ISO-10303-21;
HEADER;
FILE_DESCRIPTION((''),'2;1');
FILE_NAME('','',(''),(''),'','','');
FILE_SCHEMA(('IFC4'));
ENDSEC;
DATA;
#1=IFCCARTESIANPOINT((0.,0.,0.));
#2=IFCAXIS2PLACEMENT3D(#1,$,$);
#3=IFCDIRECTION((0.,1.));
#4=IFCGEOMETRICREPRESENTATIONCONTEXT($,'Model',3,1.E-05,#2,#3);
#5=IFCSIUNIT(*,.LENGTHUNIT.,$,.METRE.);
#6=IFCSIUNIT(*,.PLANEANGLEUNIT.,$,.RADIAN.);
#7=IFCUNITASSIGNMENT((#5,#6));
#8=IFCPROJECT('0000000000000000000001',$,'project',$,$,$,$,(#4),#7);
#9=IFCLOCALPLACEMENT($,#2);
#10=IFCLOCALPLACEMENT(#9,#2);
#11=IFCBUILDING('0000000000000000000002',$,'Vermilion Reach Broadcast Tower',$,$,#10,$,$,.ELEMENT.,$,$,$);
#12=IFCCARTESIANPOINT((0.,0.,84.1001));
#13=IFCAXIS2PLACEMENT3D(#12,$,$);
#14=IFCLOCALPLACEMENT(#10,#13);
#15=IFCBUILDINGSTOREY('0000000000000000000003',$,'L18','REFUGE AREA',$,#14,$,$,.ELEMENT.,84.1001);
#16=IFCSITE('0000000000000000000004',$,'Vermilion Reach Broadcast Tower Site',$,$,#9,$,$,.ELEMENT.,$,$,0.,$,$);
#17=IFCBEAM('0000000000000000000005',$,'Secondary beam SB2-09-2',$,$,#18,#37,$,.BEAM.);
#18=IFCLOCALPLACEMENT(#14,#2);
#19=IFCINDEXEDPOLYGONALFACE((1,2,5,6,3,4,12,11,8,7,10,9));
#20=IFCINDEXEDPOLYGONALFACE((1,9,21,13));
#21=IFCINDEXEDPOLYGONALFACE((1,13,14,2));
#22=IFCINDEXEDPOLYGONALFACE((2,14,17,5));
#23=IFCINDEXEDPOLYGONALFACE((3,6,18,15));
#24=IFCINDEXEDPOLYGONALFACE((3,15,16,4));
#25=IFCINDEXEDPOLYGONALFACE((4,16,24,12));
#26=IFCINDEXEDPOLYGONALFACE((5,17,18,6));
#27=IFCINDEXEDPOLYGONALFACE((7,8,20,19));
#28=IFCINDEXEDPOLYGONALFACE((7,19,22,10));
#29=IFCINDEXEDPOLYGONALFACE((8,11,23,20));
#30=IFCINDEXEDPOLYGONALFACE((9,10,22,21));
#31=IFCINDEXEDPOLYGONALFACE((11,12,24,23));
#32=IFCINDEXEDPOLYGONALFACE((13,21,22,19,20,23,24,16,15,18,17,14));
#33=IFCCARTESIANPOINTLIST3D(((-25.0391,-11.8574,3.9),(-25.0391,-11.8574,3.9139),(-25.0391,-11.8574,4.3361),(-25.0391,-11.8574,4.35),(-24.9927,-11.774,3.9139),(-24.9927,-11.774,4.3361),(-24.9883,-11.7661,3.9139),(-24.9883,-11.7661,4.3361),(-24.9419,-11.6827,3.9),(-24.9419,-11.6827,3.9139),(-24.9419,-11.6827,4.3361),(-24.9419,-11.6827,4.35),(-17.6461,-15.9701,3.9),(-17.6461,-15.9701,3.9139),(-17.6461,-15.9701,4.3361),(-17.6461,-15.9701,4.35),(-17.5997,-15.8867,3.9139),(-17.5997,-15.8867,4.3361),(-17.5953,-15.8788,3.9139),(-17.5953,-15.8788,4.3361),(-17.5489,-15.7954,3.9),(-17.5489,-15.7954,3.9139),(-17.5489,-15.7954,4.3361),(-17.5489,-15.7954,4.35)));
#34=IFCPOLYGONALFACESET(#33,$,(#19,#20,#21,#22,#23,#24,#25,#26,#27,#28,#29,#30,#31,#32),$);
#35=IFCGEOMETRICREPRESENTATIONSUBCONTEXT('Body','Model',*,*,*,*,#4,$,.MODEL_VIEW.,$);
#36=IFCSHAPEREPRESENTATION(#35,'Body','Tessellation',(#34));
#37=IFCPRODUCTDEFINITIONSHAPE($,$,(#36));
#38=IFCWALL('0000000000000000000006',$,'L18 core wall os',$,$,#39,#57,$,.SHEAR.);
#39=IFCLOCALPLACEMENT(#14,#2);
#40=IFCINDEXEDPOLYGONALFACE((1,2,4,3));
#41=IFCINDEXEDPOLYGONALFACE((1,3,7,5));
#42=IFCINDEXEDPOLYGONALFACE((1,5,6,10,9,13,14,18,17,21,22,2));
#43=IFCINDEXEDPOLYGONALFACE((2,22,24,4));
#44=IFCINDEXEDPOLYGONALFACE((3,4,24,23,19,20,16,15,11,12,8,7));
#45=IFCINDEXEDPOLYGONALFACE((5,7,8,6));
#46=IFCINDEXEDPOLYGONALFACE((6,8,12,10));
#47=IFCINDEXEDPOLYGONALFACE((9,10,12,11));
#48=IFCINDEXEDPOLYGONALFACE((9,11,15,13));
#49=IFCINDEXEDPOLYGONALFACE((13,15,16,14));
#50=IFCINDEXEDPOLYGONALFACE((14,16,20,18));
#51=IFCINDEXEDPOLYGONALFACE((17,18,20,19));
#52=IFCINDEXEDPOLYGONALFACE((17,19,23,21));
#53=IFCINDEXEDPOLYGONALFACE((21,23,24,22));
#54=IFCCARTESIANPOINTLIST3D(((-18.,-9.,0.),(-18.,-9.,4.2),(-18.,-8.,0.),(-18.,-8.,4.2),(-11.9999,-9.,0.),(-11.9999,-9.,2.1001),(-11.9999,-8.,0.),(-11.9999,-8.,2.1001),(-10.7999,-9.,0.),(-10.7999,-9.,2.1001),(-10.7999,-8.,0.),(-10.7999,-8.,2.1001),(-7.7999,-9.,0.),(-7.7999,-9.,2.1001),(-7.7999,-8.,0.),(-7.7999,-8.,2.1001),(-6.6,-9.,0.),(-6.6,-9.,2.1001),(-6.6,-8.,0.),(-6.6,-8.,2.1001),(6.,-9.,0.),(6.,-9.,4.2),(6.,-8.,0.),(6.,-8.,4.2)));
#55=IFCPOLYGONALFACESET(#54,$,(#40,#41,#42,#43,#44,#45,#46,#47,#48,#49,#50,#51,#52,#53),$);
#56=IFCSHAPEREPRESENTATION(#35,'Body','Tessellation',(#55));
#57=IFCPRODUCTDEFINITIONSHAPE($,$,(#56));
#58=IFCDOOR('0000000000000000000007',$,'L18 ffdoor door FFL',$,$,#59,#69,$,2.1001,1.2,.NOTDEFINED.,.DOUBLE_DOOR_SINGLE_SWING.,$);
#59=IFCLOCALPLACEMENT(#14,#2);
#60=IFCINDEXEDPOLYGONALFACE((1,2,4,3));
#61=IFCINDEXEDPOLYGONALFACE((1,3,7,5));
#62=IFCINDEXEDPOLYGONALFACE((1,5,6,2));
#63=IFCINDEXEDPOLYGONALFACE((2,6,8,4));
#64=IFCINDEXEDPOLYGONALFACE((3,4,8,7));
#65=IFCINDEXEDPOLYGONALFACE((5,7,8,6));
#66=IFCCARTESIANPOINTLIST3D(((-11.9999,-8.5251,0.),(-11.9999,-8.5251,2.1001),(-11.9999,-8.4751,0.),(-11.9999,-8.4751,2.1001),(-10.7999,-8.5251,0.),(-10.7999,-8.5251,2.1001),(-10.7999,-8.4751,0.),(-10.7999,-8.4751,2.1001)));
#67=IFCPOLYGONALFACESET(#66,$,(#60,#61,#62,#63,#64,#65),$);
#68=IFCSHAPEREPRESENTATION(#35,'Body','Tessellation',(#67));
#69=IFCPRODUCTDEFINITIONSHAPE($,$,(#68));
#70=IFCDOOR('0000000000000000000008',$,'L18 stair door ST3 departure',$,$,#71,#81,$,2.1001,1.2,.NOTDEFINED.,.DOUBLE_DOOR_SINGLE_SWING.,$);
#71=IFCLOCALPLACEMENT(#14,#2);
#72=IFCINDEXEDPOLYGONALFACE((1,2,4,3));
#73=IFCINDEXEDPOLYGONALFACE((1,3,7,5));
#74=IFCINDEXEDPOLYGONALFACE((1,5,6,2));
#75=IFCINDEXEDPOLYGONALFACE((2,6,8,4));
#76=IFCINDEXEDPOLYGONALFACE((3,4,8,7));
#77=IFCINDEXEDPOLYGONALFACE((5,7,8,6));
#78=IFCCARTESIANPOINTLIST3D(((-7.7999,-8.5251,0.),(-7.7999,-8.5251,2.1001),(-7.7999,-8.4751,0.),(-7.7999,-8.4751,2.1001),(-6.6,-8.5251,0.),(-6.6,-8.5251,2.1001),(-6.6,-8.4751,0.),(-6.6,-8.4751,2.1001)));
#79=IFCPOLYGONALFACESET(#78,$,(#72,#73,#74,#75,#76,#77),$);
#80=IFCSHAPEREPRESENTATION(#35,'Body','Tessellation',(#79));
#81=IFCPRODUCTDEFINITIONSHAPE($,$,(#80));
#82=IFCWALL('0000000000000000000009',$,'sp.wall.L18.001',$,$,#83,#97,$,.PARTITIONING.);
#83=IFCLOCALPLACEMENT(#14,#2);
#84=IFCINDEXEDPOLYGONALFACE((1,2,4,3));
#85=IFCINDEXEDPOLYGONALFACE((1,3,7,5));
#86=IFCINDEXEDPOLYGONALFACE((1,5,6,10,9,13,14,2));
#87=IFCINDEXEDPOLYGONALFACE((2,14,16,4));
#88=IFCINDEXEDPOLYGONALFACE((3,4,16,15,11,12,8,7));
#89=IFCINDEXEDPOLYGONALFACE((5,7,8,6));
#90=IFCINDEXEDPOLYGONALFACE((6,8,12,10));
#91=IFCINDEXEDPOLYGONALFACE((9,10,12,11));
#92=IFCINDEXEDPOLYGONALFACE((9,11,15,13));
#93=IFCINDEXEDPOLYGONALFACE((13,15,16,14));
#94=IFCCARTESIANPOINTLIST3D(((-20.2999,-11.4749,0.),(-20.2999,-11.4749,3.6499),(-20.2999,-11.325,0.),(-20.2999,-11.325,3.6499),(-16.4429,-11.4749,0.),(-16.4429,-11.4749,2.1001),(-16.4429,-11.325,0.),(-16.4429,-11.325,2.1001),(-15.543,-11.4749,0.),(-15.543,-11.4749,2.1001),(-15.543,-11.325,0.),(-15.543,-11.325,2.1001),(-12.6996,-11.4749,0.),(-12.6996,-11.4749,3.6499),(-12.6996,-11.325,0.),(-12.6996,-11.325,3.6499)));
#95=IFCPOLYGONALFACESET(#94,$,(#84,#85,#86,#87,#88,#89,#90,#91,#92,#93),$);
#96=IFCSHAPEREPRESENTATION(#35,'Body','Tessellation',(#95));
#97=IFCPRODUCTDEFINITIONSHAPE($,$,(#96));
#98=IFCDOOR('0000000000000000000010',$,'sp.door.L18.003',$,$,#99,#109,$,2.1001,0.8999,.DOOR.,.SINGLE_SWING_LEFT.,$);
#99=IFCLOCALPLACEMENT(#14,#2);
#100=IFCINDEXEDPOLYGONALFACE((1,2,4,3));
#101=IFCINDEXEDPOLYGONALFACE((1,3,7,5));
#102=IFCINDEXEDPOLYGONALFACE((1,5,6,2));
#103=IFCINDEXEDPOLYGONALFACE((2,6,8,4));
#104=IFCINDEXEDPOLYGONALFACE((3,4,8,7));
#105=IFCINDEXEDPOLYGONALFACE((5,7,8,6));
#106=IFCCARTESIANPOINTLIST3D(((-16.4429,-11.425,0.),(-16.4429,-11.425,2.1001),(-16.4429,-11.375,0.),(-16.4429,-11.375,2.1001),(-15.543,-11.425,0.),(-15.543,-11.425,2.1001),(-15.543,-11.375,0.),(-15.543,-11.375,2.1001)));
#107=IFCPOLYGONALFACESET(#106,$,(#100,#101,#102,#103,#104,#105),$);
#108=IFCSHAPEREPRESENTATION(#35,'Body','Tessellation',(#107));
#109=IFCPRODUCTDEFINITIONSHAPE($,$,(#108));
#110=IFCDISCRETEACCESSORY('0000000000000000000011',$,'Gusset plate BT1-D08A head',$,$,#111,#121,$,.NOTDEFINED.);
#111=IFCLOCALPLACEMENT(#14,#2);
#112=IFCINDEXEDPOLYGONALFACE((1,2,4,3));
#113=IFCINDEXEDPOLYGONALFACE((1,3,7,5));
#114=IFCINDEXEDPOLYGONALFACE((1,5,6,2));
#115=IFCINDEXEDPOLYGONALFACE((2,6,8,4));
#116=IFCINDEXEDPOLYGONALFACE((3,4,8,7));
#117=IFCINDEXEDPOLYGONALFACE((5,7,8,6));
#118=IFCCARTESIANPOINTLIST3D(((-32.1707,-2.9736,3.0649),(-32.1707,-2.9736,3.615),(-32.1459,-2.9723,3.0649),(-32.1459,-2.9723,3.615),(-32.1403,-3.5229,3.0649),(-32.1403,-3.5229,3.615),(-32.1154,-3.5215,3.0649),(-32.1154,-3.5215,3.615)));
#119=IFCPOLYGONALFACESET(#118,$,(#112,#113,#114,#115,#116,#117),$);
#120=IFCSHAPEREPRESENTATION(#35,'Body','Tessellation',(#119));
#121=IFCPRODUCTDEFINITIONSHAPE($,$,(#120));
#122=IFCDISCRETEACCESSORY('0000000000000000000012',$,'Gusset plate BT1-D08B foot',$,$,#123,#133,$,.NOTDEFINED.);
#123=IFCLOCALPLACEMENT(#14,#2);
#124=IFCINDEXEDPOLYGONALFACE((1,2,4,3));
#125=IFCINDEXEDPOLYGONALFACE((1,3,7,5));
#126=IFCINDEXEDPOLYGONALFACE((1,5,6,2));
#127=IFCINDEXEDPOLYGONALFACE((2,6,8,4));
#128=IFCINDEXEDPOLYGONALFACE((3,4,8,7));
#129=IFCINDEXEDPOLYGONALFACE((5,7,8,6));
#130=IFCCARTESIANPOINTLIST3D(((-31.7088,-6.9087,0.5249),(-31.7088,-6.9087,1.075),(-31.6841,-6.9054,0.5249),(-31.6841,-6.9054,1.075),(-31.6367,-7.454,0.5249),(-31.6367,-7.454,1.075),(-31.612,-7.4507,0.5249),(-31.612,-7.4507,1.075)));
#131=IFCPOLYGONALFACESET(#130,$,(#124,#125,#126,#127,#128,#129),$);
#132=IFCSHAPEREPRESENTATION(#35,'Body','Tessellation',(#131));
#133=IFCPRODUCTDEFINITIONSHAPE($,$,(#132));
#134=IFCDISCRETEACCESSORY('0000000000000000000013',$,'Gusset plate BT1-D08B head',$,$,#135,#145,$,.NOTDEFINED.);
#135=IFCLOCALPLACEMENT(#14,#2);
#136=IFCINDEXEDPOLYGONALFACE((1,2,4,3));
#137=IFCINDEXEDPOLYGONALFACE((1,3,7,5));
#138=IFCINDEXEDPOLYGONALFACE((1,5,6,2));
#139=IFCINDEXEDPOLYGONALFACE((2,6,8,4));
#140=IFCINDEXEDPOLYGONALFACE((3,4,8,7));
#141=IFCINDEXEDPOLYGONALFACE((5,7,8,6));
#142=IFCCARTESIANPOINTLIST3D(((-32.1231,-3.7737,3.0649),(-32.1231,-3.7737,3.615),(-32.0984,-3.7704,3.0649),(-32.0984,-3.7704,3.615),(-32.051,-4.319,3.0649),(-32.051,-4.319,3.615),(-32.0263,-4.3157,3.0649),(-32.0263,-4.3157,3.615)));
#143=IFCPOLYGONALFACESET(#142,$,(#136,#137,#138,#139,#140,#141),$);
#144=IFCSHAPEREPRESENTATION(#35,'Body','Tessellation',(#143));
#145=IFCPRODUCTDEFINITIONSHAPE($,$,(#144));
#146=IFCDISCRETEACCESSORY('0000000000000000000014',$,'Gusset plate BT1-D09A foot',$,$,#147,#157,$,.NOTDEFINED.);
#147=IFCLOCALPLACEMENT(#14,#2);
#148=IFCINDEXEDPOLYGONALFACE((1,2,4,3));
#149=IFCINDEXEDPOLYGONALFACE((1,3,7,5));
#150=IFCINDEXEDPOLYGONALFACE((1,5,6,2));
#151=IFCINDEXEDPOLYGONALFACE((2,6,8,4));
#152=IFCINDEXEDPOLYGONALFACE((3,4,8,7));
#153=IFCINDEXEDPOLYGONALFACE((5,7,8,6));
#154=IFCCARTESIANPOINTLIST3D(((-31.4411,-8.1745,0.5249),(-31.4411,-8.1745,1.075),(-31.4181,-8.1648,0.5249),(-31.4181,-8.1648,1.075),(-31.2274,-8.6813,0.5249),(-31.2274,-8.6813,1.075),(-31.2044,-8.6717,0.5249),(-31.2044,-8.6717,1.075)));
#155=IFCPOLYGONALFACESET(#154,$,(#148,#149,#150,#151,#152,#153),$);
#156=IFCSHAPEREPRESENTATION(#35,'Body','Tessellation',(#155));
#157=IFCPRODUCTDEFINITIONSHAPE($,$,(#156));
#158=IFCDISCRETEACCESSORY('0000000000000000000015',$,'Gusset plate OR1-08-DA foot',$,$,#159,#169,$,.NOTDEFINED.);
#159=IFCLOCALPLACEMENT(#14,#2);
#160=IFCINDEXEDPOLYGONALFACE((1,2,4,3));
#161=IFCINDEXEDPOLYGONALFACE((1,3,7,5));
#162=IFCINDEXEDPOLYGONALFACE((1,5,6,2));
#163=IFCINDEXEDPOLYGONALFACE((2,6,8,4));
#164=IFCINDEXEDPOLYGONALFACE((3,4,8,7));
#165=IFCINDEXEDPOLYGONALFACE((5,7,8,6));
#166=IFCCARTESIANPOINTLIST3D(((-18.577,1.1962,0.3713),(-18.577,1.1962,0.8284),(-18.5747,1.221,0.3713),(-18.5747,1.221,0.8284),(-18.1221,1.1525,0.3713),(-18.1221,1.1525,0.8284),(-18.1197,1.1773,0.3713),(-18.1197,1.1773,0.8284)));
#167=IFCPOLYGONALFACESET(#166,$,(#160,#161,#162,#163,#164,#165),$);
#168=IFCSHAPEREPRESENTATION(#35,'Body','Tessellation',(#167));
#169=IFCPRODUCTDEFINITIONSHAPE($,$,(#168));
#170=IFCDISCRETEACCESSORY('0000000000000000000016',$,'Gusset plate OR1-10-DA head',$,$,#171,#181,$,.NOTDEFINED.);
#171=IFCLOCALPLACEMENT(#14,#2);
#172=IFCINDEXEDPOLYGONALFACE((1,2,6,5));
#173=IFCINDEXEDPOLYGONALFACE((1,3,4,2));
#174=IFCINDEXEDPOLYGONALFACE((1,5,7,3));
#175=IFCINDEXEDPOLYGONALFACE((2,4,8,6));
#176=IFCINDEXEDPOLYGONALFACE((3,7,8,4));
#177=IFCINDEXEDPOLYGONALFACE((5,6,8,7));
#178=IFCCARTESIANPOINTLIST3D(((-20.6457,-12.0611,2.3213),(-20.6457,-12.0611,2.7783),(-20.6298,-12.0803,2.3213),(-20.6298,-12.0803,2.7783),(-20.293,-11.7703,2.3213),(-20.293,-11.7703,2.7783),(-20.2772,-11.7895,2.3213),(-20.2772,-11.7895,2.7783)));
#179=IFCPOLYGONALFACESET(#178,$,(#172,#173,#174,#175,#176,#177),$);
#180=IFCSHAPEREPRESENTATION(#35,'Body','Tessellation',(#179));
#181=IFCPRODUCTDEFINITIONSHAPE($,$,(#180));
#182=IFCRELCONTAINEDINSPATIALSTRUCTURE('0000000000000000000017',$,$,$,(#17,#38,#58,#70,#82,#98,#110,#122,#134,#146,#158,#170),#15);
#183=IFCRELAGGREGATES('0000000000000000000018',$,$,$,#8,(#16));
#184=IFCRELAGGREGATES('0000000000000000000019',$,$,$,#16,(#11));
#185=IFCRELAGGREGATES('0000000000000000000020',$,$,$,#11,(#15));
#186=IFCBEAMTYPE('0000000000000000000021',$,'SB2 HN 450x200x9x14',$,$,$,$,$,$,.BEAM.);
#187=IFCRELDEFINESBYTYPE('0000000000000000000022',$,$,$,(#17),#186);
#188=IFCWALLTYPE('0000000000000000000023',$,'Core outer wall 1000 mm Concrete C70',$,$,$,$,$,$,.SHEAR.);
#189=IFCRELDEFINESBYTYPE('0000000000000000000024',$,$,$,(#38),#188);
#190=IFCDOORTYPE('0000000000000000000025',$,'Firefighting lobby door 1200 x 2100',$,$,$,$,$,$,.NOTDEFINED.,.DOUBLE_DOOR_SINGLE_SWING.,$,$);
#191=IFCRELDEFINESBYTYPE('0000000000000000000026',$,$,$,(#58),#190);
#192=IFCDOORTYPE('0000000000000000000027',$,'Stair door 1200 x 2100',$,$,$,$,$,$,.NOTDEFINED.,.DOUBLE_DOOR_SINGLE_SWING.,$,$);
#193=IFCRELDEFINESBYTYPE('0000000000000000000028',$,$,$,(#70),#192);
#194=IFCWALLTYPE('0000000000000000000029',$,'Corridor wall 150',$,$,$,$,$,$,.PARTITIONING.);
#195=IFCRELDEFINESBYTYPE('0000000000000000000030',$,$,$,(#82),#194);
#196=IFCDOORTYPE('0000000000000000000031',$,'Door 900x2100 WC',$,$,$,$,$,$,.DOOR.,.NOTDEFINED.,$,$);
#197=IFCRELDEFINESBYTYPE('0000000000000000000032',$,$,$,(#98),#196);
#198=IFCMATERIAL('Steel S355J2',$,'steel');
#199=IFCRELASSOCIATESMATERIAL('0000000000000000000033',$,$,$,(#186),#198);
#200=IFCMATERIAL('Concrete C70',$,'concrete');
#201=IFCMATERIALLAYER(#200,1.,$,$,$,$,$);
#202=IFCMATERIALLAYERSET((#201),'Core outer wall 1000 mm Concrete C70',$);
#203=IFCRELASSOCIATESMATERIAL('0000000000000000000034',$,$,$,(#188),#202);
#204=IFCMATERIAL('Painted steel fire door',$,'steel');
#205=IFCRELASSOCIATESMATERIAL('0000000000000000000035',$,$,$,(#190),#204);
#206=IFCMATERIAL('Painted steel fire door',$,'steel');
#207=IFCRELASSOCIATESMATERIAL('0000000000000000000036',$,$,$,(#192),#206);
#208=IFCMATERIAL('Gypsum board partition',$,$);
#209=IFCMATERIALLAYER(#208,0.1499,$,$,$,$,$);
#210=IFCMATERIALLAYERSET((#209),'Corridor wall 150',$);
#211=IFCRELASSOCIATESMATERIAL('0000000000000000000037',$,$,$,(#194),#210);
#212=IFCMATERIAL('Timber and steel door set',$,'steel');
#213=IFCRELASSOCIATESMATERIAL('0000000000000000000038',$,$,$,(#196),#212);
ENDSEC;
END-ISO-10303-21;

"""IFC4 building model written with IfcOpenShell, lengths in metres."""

from ifc_helpers import new_model, si_unit, direction, frame, frame_2d, origin, origin_2d, place, context, subcontext, project, spatial, rectangle, i_section, extrude, material, layer, layer_set, material_profile, profile_set, type_object, element, fill, save


model = new_model("IFC4")

# Units and contexts
model_context = context("Model", 3, precision=1e-05, world=origin(), true_north=direction((0.0, 1.0)))
body_context = subcontext(model_context, "Body", "Model", "MODEL_VIEW")
ifc_project = project(units=[si_unit("LENGTHUNIT", "METRE"), si_unit("PLANEANGLEUNIT", "RADIAN")], contexts=[model_context])

# Site, building, storey
site_placement = place(None, origin())
site = spatial("IfcSite", under=ifc_project, at=site_placement, Name="Vermilion Reach Broadcast Tower Site", CompositionType="ELEMENT", RefElevation=0.0)
building_placement = place(site_placement, origin())
building = spatial("IfcBuilding", under=site, at=building_placement, Name="Vermilion Reach Broadcast Tower", CompositionType="ELEMENT")
storey_placement = place(building_placement, frame((0.0, 0.0, 84.1001)))
storey = spatial("IfcBuildingStorey", under=building, at=storey_placement, Name="L18", Description="REFUGE AREA", CompositionType="ELEMENT", Elevation=84.1001)

# Beam
ifc_material_1 = material(Name="Steel S355J2", Category="steel")
ifc_material_profile_1 = material_profile(ifc_material_1, i_section(OverallWidth=0.2, OverallDepth=0.45, WebThickness=0.009, FlangeThickness=0.0139, at=origin_2d()), Name="S355J2 HN 450x200x9x14")
ifc_profile_set_1 = profile_set([ifc_material_profile_1], Name="Steel S355J2")
beam_type_1 = type_object("IfcBeamType", Name="SB2 HN 450x200x9x14", PredefinedType="BEAM", material=ifc_profile_set_1)
beam_1_placement = place(storey_placement, frame((-24.9905, -11.77, 4.125), z_axis=(0.873879, -0.486143, 0.0), x_axis=(0.486143, 0.873879, 0.0)))
element("IfcBeam", 1, at=beam_1_placement, inside=storey, type_object=beam_type_1, Name="Secondary beam SB2-09-2", PredefinedType="BEAM", context=body_context, shape_type="SweptSolid", body=[
    extrude(i_section(OverallWidth=0.2, OverallDepth=0.45, WebThickness=0.009, FlangeThickness=0.0139, at=origin_2d()), origin(), (0.0, 0.0, 1.0), 8.46),
])

# Wall, openings, doors
ifc_material_2 = material(Name="Concrete C70", Category="concrete")
ifc_layer_1 = layer(ifc_material_2, 1.0)
ifc_layer_set_1 = layer_set([ifc_layer_1], Name="Core outer wall 1000 mm Concrete C70")
wall_type_1 = type_object("IfcWallType", Name="Core outer wall 1000 mm Concrete C70", PredefinedType="SHEAR", material=ifc_layer_set_1)
wall_1_placement = place(storey_placement, frame((-18.0, -8.5, 0.0), z_axis=(0.0, 0.0, 1.0), x_axis=(1.0, 0.0, 0.0)))
wall_1 = element("IfcWall", 2, at=wall_1_placement, inside=storey, type_object=wall_type_1, Name="L18 core wall os", PredefinedType="SHEAR", context=body_context, shape_type="SweptSolid", body=[
    extrude(rectangle(XDim=24.0, YDim=1.0, at=frame_2d((12.0, 0.0))), origin(), (0.0, 0.0, 1.0), 4.2),
])
opening_1_placement = place(wall_1_placement, frame((10.2, 0.0, 0.0)))
opening_1 = element("IfcOpeningElement", 3, at=opening_1_placement, cuts=wall_1, PredefinedType="OPENING", context=body_context, shape_type="SweptSolid", body=[
    extrude(rectangle(XDim=1.2, YDim=2.1001, at=frame_2d((0.6001, 1.05))), frame((0.0, 0.51, 0.0), z_axis=(0.0, -1.0, 0.0), x_axis=(1.0, 0.0, 0.0)), (0.0, 0.0, 1.0), 1.02),
])
opening_2_placement = place(wall_1_placement, frame((6.0, 0.0, 0.0)))
opening_2 = element("IfcOpeningElement", 4, at=opening_2_placement, cuts=wall_1, PredefinedType="OPENING", context=body_context, shape_type="SweptSolid", body=[
    extrude(rectangle(XDim=1.2, YDim=2.1001, at=frame_2d((0.6001, 1.05))), frame((0.0, 0.51, 0.0), z_axis=(0.0, -1.0, 0.0), x_axis=(1.0, 0.0, 0.0)), (0.0, 0.0, 1.0), 1.02),
])
ifc_material_3 = material(Name="Painted steel fire door", Category="steel")
door_type_1 = type_object("IfcDoorType", Name="Firefighting lobby door 1200 x 2100", OperationType="DOUBLE_DOOR_SINGLE_SWING", PredefinedType="NOTDEFINED", material=ifc_material_3)
door_1_placement = place(opening_2_placement, origin())
door_1 = element("IfcDoor", 5, at=door_1_placement, inside=storey, type_object=door_type_1, Name="L18 ffdoor door FFL", OperationType="DOUBLE_DOOR_SINGLE_SWING", OverallHeight=2.1001, OverallWidth=1.2, PredefinedType="NOTDEFINED", context=body_context, shape_type="SweptSolid", body=[
    extrude(rectangle(XDim=1.2, YDim=2.1001, at=frame_2d((0.6001, 1.05))), frame((0.0, 0.0249, 0.0), z_axis=(0.0, -1.0, 0.0), x_axis=(1.0, 0.0, 0.0)), (0.0, 0.0, 1.0), 0.05),
])
fill(opening_2, door_1)
ifc_material_4 = material(Name="Painted steel fire door", Category="steel")
door_type_2 = type_object("IfcDoorType", Name="Stair door 1200 x 2100", OperationType="DOUBLE_DOOR_SINGLE_SWING", PredefinedType="NOTDEFINED", material=ifc_material_4)
door_2_placement = place(opening_1_placement, origin())
door_2 = element("IfcDoor", 6, at=door_2_placement, inside=storey, type_object=door_type_2, Name="L18 stair door ST3 departure", OperationType="DOUBLE_DOOR_SINGLE_SWING", OverallHeight=2.1001, OverallWidth=1.2, PredefinedType="NOTDEFINED", context=body_context, shape_type="SweptSolid", body=[
    extrude(rectangle(XDim=1.2, YDim=2.1001, at=frame_2d((0.6001, 1.05))), frame((0.0, 0.0249, 0.0), z_axis=(0.0, -1.0, 0.0), x_axis=(1.0, 0.0, 0.0)), (0.0, 0.0, 1.0), 0.05),
])
fill(opening_1, door_2)

# Wall, opening, door
ifc_material_5 = material(Name="Gypsum board partition")
ifc_layer_2 = layer(ifc_material_5, 0.1499)
ifc_layer_set_2 = layer_set([ifc_layer_2], Name="Corridor wall 150")
wall_type_2 = type_object("IfcWallType", Name="Corridor wall 150", PredefinedType="PARTITIONING", material=ifc_layer_set_2)
wall_2_placement = place(storey_placement, frame((-20.3, -11.3999, 0.0), z_axis=(0.0, 0.0, 1.0), x_axis=(1.0, 0.0, 0.0)))
wall_2 = element("IfcWall", 7, at=wall_2_placement, inside=storey, type_object=wall_type_2, Name="sp.wall.L18.001", PredefinedType="PARTITIONING", context=body_context, shape_type="SweptSolid", body=[
    extrude(rectangle(XDim=7.6003, YDim=0.1499, at=frame_2d((3.8003, 0.0))), origin(), (0.0, 0.0, 1.0), 3.6499),
])
opening_3_placement = place(wall_2_placement, frame((3.8572, 0.0, 0.0)))
opening_3 = element("IfcOpeningElement", 8, at=opening_3_placement, cuts=wall_2, PredefinedType="OPENING", context=body_context, shape_type="SweptSolid", body=[
    extrude(rectangle(XDim=0.8999, YDim=2.1001, at=frame_2d((0.45, 1.05))), frame((0.0, 0.085, 0.0), z_axis=(0.0, -1.0, 0.0), x_axis=(1.0, 0.0, 0.0)), (0.0, 0.0, 1.0), 0.1699),
])
ifc_material_6 = material(Name="Timber and steel door set", Category="steel")
door_type_3 = type_object("IfcDoorType", Name="Door 900x2100 WC", OperationType="NOTDEFINED", PredefinedType="DOOR", material=ifc_material_6)
door_3_placement = place(opening_3_placement, origin())
door_3 = element("IfcDoor", 9, at=door_3_placement, inside=storey, type_object=door_type_3, Name="sp.door.L18.003", OperationType="SINGLE_SWING_LEFT", OverallHeight=2.1001, OverallWidth=0.8999, PredefinedType="DOOR", context=body_context, shape_type="SweptSolid", body=[
    extrude(rectangle(XDim=0.8999, YDim=2.1001, at=frame_2d((0.45, 1.05))), frame((0.0, 0.0249, 0.0), z_axis=(0.0, -1.0, 0.0), x_axis=(1.0, 0.0, 0.0)), (0.0, 0.0, 1.0), 0.05),
])
fill(opening_3, door_3)

# Discrete accessories
for number, where, z_axis, x_axis, name in (
    (10, (-32.1431, -3.2476, 3.0649), (0.0, 0.0, 1.0), (0.998466, 0.055368, 0.0), "Gusset plate BT1-D08A head"),
    (11, (-31.6604, -7.1797, 0.5249), (0.0, 0.0, 1.0), (-0.991386, -0.130971, 0.0), "Gusset plate BT1-D08B foot"),
    (12, (-32.0747, -4.0447, 3.0649), (0.0, 0.0, 1.0), (-0.991386, -0.130971, 0.0), "Gusset plate BT1-D08B head"),
    (13, (-31.3228, -8.4231, 0.5249), (0.0, 0.0, 1.0), (0.92143, 0.388544, 0.0), "Gusset plate BT1-D09A foot"),
):
    element("IfcDiscreteAccessory", number, at=place(storey_placement, frame(where, z_axis=z_axis, x_axis=x_axis)), inside=storey, Name=name, PredefinedType="NOTDEFINED", context=body_context, shape_type="SweptSolid", body=[
        extrude(rectangle(XDim=0.0249, YDim=0.55, at=origin_2d()), origin(), (0.0, 0.0, 1.0), 0.55),
    ])
for number, where, z_axis, x_axis, name in (
    (14, (-18.3484, 1.1868, 0.3713), (0.0, 0.0, 1.0), (-0.095672, -0.995413, 0.0), "Gusset plate OR1-08-DA foot"),
    (15, (-20.4614, -11.9253, 2.3213), (0.0, 0.0, 1.0), (0.636213, -0.771513, 0.0), "Gusset plate OR1-10-DA head"),
):
    element("IfcDiscreteAccessory", number, at=place(storey_placement, frame(where, z_axis=z_axis, x_axis=x_axis)), inside=storey, Name=name, PredefinedType="NOTDEFINED", context=body_context, shape_type="SweptSolid", body=[
        extrude(rectangle(XDim=0.0249, YDim=0.457, at=origin_2d()), origin(), (0.0, 0.0, 1.0), 0.457),
    ])

save(model, "model.ifc")
